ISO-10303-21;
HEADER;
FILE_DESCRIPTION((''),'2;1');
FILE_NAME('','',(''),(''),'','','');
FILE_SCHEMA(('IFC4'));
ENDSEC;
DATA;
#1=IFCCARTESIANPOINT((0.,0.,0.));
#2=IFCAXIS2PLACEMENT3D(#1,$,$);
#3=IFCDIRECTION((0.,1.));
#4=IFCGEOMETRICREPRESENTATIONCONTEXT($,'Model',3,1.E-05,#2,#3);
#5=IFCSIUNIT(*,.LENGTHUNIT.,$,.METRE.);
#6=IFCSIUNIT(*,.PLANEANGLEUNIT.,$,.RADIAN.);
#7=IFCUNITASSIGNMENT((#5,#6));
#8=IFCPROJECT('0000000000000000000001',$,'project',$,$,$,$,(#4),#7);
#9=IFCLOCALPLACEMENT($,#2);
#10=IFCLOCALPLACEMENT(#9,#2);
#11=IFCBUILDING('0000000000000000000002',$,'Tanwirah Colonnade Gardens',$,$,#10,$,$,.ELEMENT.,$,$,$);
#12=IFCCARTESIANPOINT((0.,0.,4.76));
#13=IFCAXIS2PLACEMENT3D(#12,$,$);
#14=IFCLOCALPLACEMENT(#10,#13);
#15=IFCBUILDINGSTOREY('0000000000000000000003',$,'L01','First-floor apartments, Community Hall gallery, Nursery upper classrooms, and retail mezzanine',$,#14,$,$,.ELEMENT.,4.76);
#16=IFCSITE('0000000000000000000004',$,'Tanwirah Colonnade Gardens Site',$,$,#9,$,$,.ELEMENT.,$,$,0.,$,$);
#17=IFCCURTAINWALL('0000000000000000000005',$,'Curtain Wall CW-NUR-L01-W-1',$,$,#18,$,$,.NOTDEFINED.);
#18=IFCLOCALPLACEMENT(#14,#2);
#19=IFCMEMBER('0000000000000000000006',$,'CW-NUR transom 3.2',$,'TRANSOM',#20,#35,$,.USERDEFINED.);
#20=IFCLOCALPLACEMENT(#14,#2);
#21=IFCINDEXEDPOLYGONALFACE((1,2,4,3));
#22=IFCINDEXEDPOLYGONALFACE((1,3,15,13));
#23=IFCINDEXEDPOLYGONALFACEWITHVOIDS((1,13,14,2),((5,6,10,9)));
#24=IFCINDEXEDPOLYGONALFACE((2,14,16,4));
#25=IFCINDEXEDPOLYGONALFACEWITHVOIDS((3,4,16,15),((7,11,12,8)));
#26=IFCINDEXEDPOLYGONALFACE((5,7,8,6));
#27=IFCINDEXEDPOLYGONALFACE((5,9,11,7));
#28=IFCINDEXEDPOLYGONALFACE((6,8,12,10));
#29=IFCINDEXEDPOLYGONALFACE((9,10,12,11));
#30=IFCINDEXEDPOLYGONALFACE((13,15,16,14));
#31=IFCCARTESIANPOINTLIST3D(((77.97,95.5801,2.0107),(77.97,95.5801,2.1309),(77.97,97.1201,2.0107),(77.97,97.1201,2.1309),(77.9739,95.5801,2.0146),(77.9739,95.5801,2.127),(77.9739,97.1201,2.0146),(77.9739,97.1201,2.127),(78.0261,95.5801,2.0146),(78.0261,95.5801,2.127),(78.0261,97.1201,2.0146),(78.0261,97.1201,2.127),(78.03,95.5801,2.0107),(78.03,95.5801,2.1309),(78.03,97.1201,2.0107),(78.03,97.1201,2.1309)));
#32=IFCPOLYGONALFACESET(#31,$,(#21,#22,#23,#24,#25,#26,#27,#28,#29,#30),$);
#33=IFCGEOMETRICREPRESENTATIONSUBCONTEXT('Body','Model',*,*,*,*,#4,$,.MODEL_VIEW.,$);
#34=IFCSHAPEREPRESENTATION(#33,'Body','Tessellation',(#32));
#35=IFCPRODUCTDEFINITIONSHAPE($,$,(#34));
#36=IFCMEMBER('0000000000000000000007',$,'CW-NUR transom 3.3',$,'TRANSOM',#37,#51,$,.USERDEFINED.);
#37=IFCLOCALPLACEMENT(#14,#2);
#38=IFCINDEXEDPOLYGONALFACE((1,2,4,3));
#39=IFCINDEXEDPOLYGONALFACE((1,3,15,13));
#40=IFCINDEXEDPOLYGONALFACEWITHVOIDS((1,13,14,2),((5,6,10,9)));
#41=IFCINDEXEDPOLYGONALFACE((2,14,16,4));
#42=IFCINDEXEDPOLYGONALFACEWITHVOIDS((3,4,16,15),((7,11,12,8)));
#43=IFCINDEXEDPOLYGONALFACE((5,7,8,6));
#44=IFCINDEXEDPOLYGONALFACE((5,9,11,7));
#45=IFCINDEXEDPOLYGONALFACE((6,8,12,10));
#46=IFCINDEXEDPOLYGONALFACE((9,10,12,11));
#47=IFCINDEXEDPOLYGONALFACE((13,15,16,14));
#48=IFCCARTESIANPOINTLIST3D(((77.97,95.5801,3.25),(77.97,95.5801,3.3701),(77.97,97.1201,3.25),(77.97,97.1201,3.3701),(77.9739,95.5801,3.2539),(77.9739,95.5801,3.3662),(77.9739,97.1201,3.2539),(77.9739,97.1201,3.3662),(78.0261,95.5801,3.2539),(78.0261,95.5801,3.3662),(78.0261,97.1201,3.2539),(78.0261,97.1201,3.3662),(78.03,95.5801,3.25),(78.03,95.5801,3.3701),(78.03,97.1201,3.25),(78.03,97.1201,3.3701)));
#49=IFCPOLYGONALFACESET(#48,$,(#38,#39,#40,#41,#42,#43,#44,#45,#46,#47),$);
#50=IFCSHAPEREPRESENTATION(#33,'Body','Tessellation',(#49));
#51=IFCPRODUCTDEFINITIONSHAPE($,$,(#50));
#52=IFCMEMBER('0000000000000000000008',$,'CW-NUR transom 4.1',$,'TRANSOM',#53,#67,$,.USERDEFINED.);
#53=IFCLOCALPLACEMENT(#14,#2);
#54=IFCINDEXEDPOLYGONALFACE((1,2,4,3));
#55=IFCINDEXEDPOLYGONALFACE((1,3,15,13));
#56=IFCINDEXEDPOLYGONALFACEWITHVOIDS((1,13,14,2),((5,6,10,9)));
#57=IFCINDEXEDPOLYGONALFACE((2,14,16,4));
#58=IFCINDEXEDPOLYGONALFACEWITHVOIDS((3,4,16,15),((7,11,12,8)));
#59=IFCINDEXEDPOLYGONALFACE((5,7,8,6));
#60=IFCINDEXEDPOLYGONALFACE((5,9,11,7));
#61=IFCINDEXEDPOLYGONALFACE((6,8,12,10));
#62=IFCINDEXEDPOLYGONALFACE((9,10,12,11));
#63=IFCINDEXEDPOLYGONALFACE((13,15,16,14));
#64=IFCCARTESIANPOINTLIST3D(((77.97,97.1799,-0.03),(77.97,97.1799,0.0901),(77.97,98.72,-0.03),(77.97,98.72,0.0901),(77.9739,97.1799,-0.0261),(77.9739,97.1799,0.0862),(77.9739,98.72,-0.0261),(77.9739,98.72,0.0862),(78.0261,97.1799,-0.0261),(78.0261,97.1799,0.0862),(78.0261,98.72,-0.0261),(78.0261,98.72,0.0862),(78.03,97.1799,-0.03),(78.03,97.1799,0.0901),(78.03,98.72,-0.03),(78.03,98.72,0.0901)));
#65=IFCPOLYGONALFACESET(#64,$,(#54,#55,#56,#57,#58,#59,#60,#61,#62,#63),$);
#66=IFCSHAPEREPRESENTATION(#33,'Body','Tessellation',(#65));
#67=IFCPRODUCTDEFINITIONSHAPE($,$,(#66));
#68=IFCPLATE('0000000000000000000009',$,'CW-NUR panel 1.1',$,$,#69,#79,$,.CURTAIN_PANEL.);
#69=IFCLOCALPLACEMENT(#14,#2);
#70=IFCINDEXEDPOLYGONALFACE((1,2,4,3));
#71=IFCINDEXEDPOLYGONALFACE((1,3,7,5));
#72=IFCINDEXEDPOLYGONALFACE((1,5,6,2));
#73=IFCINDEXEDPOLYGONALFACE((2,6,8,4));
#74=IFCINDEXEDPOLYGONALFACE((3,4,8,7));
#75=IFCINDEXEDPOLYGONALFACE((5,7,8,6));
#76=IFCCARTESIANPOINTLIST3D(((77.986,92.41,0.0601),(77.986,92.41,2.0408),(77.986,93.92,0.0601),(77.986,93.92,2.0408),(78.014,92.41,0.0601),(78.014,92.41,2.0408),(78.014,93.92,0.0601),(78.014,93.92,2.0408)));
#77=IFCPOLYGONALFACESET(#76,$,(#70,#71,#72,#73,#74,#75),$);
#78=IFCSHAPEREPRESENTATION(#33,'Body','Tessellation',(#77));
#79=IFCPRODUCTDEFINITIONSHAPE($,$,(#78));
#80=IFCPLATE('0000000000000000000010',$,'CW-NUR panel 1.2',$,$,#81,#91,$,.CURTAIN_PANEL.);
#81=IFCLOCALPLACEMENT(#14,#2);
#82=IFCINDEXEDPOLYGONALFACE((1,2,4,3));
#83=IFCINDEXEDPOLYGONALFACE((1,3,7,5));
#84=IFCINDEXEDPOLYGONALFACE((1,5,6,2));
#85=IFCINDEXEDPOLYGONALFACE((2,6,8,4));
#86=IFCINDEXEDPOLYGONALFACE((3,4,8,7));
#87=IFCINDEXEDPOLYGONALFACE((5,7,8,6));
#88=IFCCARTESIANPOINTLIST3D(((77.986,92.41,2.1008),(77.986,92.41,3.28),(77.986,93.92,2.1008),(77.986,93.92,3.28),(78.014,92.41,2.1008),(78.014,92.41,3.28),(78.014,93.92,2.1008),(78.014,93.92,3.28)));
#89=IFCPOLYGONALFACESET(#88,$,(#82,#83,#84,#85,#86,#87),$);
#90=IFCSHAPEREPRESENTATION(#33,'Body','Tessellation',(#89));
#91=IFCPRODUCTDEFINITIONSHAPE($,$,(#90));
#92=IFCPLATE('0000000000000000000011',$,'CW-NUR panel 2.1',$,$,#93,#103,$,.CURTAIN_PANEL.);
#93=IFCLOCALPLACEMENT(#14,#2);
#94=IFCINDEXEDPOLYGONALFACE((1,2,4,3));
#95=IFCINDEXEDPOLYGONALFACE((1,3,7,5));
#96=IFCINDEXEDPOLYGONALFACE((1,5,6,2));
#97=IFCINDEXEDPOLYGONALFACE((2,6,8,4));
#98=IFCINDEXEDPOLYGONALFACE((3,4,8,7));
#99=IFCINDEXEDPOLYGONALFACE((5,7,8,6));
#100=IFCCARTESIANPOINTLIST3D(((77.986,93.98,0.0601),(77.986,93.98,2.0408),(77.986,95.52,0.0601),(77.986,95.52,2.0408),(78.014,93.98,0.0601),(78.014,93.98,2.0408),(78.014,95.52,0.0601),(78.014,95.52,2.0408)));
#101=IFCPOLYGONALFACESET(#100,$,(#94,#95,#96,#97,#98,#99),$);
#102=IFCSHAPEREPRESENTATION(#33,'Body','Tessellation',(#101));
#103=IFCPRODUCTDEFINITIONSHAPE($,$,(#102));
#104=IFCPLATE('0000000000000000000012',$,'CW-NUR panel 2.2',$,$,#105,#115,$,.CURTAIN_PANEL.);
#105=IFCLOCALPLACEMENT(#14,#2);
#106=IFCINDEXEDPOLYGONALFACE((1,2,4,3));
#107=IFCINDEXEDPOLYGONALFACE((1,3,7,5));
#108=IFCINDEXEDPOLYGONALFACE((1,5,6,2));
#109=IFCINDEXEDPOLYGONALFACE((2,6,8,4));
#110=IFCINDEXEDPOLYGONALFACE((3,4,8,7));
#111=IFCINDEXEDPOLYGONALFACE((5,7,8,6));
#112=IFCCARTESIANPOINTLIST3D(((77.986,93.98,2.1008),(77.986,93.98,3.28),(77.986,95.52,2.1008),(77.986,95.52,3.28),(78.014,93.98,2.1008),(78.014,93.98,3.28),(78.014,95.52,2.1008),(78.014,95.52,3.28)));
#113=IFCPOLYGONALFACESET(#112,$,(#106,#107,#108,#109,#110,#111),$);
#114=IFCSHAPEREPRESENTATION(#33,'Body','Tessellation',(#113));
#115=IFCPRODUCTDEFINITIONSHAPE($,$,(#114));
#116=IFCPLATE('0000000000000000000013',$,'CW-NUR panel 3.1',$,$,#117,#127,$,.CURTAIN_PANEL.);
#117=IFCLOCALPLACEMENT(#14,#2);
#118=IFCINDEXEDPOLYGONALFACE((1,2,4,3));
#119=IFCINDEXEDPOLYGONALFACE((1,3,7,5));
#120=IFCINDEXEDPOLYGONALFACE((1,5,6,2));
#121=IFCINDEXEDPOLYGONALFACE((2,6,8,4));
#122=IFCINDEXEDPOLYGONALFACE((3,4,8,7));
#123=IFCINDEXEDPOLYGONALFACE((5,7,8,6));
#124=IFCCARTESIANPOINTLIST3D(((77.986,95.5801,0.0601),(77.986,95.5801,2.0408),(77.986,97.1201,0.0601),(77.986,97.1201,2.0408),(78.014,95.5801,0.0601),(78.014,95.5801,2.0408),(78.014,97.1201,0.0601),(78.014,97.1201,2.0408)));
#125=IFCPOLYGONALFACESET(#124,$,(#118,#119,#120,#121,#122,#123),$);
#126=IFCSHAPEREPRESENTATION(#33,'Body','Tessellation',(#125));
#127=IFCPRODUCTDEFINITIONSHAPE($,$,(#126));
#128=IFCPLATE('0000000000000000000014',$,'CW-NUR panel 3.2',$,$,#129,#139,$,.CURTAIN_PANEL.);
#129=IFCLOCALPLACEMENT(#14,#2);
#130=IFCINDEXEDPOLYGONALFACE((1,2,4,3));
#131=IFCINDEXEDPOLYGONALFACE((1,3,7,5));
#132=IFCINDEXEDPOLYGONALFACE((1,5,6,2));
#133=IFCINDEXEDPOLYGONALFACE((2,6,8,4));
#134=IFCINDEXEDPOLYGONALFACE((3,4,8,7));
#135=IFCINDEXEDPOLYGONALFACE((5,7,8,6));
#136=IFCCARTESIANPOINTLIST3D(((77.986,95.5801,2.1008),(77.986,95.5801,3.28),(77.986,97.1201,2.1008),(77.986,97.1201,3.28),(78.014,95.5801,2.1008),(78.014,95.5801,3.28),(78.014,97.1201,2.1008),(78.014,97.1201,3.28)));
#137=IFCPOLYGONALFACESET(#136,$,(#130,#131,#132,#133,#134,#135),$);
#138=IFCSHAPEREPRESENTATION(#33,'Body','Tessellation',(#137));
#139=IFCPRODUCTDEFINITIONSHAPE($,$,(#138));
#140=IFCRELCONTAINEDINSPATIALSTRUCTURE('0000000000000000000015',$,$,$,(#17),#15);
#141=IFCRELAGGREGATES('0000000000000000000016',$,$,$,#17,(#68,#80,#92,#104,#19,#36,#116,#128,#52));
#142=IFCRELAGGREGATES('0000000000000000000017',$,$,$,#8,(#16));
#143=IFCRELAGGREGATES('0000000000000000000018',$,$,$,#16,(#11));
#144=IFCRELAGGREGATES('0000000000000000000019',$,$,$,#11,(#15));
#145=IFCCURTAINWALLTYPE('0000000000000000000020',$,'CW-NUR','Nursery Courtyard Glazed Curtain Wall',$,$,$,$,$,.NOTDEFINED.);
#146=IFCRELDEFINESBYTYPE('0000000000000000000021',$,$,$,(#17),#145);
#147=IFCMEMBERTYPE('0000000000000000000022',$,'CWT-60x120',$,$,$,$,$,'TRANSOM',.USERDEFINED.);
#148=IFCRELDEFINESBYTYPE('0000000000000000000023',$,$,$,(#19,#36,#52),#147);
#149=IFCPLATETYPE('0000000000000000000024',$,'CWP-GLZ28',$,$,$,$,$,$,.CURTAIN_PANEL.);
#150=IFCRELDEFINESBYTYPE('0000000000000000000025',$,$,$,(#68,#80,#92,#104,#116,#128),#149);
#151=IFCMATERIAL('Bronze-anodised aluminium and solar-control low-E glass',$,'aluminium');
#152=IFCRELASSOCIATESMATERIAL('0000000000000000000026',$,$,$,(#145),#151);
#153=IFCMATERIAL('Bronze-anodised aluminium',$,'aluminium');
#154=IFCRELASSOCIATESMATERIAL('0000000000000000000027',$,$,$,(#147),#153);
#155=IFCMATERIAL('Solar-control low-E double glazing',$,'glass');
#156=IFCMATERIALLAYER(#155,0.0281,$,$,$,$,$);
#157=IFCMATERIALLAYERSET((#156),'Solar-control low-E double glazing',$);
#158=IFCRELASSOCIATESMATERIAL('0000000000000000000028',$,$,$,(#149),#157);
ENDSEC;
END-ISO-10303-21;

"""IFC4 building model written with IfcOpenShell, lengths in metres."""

from ifc_helpers import new_model, si_unit, direction, frame, origin, origin_2d, place, context, subcontext, project, spatial, rectangle, hollow_rectangle, extrude, material, layer, layer_set, material_profile, profile_set, type_object, element, aggregate, save


model = new_model("IFC4")

# Units and contexts
model_context = context("Model", 3, precision=1e-05, world=origin(), true_north=direction((0.0, 1.0)))
body_context = subcontext(model_context, "Body", "Model", "MODEL_VIEW")
ifc_project = project(units=[si_unit("LENGTHUNIT", "METRE"), si_unit("PLANEANGLEUNIT", "RADIAN")], contexts=[model_context])

# Site, building, storey
site_placement = place(None, origin())
site = spatial("IfcSite", under=ifc_project, at=site_placement, Name="Tanwirah Colonnade Gardens Site", CompositionType="ELEMENT", RefElevation=0.0)
building_placement = place(site_placement, origin())
building = spatial("IfcBuilding", under=site, at=building_placement, Name="Tanwirah Colonnade Gardens", CompositionType="ELEMENT")
storey_placement = place(building_placement, frame((0.0, 0.0, 4.76)))
storey = spatial("IfcBuildingStorey", under=building, at=storey_placement, Name="L01", Description="First-floor apartments, Community Hall gallery, Nursery upper classrooms, and retail mezzanine", CompositionType="ELEMENT", Elevation=4.76)

# Curtain wall, members, plates
ifc_material_1 = material(Name="Bronze-anodised aluminium and solar-control low-E glass", Category="aluminium")
curtain_wall_type = type_object("IfcCurtainWallType", Name="CW-NUR", Description="Nursery Courtyard Glazed Curtain Wall", PredefinedType="NOTDEFINED", material=ifc_material_1)
curtain_wall_placement = place(storey_placement, origin())
curtain_wall = element("IfcCurtainWall", 1, at=curtain_wall_placement, inside=storey, type_object=curtain_wall_type, Name="Curtain Wall CW-NUR-L01-W-1", PredefinedType="NOTDEFINED")
ifc_material_2 = material(Name="Bronze-anodised aluminium", Category="aluminium")
ifc_material_profile_1 = material_profile(ifc_material_2, hollow_rectangle(XDim=0.0601, YDim=0.1201, WallThickness=0.0039, at=origin_2d()), Name="CW-TRN 60x120x4")
ifc_profile_set_1 = profile_set([ifc_material_profile_1], Name="Bronze-anodised aluminium")
member_type_1 = type_object("IfcMemberType", Name="CWT-60x120", ElementType="TRANSOM", PredefinedType="USERDEFINED", material=ifc_profile_set_1)
member_1_placement = place(storey_placement, frame((78.0, 95.5801, 2.0708), z_axis=(0.0, 1.0, 0.0), x_axis=(-1.0, 0.0, 0.0)))
member_1 = element("IfcMember", 2, at=member_1_placement, type_object=member_type_1, Name="CW-NUR transom 3.2", ObjectType="TRANSOM", PredefinedType="USERDEFINED", context=body_context, shape_type="SweptSolid", body=[
    extrude(hollow_rectangle(XDim=0.0601, YDim=0.1201, WallThickness=0.0039, at=origin_2d()), origin(), (0.0, 0.0, 1.0), 1.54),
])
member_2_placement = place(storey_placement, frame((78.0, 95.5801, 3.3101), z_axis=(0.0, 1.0, 0.0), x_axis=(-1.0, 0.0, 0.0)))
member_2 = element("IfcMember", 3, at=member_2_placement, type_object=member_type_1, Name="CW-NUR transom 3.3", ObjectType="TRANSOM", PredefinedType="USERDEFINED", context=body_context, shape_type="SweptSolid", body=[
    extrude(hollow_rectangle(XDim=0.0601, YDim=0.1201, WallThickness=0.0039, at=origin_2d()), origin(), (0.0, 0.0, 1.0), 1.54),
])
member_3_placement = place(storey_placement, frame((78.0, 97.1799, 0.03), z_axis=(0.0, 1.0, 0.0), x_axis=(-1.0, 0.0, 0.0)))
member_3 = element("IfcMember", 4, at=member_3_placement, type_object=member_type_1, Name="CW-NUR transom 4.1", ObjectType="TRANSOM", PredefinedType="USERDEFINED", context=body_context, shape_type="SweptSolid", body=[
    extrude(hollow_rectangle(XDim=0.0601, YDim=0.1201, WallThickness=0.0039, at=origin_2d()), origin(), (0.0, 0.0, 1.0), 1.54),
])
ifc_material_3 = material(Name="Solar-control low-E double glazing", Category="glass")
ifc_layer = layer(ifc_material_3, 0.0281)
ifc_layer_set = layer_set([ifc_layer], Name="Solar-control low-E double glazing")
plate_type = type_object("IfcPlateType", Name="CWP-GLZ28", PredefinedType="CURTAIN_PANEL", material=ifc_layer_set)
plate_1_placement = place(storey_placement, frame((78.0, 93.165, 0.0601), z_axis=(0.0, 0.0, 1.0), x_axis=(0.0, 1.0, 0.0)))
plate_1 = element("IfcPlate", 5, at=plate_1_placement, type_object=plate_type, Name="CW-NUR panel 1.1", PredefinedType="CURTAIN_PANEL", context=body_context, shape_type="SweptSolid", body=[
    extrude(rectangle(XDim=1.51, YDim=0.0281, at=origin_2d()), origin(), (0.0, 0.0, 1.0), 1.9807),
])
plate_2_placement = place(storey_placement, frame((78.0, 93.165, 2.1008), z_axis=(0.0, 0.0, 1.0), x_axis=(0.0, 1.0, 0.0)))
plate_2 = element("IfcPlate", 6, at=plate_2_placement, type_object=plate_type, Name="CW-NUR panel 1.2", PredefinedType="CURTAIN_PANEL", context=body_context, shape_type="SweptSolid", body=[
    extrude(rectangle(XDim=1.51, YDim=0.0281, at=origin_2d()), origin(), (0.0, 0.0, 1.0), 1.1792),
])
plate_3_placement = place(storey_placement, frame((78.0, 94.75, 0.0601), z_axis=(0.0, 0.0, 1.0), x_axis=(0.0, 1.0, 0.0)))
plate_3 = element("IfcPlate", 7, at=plate_3_placement, type_object=plate_type, Name="CW-NUR panel 2.1", PredefinedType="CURTAIN_PANEL", context=body_context, shape_type="SweptSolid", body=[
    extrude(rectangle(XDim=1.54, YDim=0.0281, at=origin_2d()), origin(), (0.0, 0.0, 1.0), 1.9807),
])
plate_4_placement = place(storey_placement, frame((78.0, 94.75, 2.1008), z_axis=(0.0, 0.0, 1.0), x_axis=(0.0, 1.0, 0.0)))
plate_4 = element("IfcPlate", 8, at=plate_4_placement, type_object=plate_type, Name="CW-NUR panel 2.2", PredefinedType="CURTAIN_PANEL", context=body_context, shape_type="SweptSolid", body=[
    extrude(rectangle(XDim=1.54, YDim=0.0281, at=origin_2d()), origin(), (0.0, 0.0, 1.0), 1.1792),
])
plate_5_placement = place(storey_placement, frame((78.0, 96.3501, 0.0601), z_axis=(0.0, 0.0, 1.0), x_axis=(0.0, 1.0, 0.0)))
plate_5 = element("IfcPlate", 9, at=plate_5_placement, type_object=plate_type, Name="CW-NUR panel 3.1", PredefinedType="CURTAIN_PANEL", context=body_context, shape_type="SweptSolid", body=[
    extrude(rectangle(XDim=1.54, YDim=0.0281, at=origin_2d()), origin(), (0.0, 0.0, 1.0), 1.9807),
])
plate_6_placement = place(storey_placement, frame((78.0, 96.3501, 2.1008), z_axis=(0.0, 0.0, 1.0), x_axis=(0.0, 1.0, 0.0)))
plate_6 = element("IfcPlate", 10, at=plate_6_placement, type_object=plate_type, Name="CW-NUR panel 3.2", PredefinedType="CURTAIN_PANEL", context=body_context, shape_type="SweptSolid", body=[
    extrude(rectangle(XDim=1.54, YDim=0.0281, at=origin_2d()), origin(), (0.0, 0.0, 1.0), 1.1792),
])
aggregate(curtain_wall, [plate_1, plate_2, plate_3, plate_4, member_1, member_2, plate_5, plate_6, member_3])

save(model, "model.ifc")
